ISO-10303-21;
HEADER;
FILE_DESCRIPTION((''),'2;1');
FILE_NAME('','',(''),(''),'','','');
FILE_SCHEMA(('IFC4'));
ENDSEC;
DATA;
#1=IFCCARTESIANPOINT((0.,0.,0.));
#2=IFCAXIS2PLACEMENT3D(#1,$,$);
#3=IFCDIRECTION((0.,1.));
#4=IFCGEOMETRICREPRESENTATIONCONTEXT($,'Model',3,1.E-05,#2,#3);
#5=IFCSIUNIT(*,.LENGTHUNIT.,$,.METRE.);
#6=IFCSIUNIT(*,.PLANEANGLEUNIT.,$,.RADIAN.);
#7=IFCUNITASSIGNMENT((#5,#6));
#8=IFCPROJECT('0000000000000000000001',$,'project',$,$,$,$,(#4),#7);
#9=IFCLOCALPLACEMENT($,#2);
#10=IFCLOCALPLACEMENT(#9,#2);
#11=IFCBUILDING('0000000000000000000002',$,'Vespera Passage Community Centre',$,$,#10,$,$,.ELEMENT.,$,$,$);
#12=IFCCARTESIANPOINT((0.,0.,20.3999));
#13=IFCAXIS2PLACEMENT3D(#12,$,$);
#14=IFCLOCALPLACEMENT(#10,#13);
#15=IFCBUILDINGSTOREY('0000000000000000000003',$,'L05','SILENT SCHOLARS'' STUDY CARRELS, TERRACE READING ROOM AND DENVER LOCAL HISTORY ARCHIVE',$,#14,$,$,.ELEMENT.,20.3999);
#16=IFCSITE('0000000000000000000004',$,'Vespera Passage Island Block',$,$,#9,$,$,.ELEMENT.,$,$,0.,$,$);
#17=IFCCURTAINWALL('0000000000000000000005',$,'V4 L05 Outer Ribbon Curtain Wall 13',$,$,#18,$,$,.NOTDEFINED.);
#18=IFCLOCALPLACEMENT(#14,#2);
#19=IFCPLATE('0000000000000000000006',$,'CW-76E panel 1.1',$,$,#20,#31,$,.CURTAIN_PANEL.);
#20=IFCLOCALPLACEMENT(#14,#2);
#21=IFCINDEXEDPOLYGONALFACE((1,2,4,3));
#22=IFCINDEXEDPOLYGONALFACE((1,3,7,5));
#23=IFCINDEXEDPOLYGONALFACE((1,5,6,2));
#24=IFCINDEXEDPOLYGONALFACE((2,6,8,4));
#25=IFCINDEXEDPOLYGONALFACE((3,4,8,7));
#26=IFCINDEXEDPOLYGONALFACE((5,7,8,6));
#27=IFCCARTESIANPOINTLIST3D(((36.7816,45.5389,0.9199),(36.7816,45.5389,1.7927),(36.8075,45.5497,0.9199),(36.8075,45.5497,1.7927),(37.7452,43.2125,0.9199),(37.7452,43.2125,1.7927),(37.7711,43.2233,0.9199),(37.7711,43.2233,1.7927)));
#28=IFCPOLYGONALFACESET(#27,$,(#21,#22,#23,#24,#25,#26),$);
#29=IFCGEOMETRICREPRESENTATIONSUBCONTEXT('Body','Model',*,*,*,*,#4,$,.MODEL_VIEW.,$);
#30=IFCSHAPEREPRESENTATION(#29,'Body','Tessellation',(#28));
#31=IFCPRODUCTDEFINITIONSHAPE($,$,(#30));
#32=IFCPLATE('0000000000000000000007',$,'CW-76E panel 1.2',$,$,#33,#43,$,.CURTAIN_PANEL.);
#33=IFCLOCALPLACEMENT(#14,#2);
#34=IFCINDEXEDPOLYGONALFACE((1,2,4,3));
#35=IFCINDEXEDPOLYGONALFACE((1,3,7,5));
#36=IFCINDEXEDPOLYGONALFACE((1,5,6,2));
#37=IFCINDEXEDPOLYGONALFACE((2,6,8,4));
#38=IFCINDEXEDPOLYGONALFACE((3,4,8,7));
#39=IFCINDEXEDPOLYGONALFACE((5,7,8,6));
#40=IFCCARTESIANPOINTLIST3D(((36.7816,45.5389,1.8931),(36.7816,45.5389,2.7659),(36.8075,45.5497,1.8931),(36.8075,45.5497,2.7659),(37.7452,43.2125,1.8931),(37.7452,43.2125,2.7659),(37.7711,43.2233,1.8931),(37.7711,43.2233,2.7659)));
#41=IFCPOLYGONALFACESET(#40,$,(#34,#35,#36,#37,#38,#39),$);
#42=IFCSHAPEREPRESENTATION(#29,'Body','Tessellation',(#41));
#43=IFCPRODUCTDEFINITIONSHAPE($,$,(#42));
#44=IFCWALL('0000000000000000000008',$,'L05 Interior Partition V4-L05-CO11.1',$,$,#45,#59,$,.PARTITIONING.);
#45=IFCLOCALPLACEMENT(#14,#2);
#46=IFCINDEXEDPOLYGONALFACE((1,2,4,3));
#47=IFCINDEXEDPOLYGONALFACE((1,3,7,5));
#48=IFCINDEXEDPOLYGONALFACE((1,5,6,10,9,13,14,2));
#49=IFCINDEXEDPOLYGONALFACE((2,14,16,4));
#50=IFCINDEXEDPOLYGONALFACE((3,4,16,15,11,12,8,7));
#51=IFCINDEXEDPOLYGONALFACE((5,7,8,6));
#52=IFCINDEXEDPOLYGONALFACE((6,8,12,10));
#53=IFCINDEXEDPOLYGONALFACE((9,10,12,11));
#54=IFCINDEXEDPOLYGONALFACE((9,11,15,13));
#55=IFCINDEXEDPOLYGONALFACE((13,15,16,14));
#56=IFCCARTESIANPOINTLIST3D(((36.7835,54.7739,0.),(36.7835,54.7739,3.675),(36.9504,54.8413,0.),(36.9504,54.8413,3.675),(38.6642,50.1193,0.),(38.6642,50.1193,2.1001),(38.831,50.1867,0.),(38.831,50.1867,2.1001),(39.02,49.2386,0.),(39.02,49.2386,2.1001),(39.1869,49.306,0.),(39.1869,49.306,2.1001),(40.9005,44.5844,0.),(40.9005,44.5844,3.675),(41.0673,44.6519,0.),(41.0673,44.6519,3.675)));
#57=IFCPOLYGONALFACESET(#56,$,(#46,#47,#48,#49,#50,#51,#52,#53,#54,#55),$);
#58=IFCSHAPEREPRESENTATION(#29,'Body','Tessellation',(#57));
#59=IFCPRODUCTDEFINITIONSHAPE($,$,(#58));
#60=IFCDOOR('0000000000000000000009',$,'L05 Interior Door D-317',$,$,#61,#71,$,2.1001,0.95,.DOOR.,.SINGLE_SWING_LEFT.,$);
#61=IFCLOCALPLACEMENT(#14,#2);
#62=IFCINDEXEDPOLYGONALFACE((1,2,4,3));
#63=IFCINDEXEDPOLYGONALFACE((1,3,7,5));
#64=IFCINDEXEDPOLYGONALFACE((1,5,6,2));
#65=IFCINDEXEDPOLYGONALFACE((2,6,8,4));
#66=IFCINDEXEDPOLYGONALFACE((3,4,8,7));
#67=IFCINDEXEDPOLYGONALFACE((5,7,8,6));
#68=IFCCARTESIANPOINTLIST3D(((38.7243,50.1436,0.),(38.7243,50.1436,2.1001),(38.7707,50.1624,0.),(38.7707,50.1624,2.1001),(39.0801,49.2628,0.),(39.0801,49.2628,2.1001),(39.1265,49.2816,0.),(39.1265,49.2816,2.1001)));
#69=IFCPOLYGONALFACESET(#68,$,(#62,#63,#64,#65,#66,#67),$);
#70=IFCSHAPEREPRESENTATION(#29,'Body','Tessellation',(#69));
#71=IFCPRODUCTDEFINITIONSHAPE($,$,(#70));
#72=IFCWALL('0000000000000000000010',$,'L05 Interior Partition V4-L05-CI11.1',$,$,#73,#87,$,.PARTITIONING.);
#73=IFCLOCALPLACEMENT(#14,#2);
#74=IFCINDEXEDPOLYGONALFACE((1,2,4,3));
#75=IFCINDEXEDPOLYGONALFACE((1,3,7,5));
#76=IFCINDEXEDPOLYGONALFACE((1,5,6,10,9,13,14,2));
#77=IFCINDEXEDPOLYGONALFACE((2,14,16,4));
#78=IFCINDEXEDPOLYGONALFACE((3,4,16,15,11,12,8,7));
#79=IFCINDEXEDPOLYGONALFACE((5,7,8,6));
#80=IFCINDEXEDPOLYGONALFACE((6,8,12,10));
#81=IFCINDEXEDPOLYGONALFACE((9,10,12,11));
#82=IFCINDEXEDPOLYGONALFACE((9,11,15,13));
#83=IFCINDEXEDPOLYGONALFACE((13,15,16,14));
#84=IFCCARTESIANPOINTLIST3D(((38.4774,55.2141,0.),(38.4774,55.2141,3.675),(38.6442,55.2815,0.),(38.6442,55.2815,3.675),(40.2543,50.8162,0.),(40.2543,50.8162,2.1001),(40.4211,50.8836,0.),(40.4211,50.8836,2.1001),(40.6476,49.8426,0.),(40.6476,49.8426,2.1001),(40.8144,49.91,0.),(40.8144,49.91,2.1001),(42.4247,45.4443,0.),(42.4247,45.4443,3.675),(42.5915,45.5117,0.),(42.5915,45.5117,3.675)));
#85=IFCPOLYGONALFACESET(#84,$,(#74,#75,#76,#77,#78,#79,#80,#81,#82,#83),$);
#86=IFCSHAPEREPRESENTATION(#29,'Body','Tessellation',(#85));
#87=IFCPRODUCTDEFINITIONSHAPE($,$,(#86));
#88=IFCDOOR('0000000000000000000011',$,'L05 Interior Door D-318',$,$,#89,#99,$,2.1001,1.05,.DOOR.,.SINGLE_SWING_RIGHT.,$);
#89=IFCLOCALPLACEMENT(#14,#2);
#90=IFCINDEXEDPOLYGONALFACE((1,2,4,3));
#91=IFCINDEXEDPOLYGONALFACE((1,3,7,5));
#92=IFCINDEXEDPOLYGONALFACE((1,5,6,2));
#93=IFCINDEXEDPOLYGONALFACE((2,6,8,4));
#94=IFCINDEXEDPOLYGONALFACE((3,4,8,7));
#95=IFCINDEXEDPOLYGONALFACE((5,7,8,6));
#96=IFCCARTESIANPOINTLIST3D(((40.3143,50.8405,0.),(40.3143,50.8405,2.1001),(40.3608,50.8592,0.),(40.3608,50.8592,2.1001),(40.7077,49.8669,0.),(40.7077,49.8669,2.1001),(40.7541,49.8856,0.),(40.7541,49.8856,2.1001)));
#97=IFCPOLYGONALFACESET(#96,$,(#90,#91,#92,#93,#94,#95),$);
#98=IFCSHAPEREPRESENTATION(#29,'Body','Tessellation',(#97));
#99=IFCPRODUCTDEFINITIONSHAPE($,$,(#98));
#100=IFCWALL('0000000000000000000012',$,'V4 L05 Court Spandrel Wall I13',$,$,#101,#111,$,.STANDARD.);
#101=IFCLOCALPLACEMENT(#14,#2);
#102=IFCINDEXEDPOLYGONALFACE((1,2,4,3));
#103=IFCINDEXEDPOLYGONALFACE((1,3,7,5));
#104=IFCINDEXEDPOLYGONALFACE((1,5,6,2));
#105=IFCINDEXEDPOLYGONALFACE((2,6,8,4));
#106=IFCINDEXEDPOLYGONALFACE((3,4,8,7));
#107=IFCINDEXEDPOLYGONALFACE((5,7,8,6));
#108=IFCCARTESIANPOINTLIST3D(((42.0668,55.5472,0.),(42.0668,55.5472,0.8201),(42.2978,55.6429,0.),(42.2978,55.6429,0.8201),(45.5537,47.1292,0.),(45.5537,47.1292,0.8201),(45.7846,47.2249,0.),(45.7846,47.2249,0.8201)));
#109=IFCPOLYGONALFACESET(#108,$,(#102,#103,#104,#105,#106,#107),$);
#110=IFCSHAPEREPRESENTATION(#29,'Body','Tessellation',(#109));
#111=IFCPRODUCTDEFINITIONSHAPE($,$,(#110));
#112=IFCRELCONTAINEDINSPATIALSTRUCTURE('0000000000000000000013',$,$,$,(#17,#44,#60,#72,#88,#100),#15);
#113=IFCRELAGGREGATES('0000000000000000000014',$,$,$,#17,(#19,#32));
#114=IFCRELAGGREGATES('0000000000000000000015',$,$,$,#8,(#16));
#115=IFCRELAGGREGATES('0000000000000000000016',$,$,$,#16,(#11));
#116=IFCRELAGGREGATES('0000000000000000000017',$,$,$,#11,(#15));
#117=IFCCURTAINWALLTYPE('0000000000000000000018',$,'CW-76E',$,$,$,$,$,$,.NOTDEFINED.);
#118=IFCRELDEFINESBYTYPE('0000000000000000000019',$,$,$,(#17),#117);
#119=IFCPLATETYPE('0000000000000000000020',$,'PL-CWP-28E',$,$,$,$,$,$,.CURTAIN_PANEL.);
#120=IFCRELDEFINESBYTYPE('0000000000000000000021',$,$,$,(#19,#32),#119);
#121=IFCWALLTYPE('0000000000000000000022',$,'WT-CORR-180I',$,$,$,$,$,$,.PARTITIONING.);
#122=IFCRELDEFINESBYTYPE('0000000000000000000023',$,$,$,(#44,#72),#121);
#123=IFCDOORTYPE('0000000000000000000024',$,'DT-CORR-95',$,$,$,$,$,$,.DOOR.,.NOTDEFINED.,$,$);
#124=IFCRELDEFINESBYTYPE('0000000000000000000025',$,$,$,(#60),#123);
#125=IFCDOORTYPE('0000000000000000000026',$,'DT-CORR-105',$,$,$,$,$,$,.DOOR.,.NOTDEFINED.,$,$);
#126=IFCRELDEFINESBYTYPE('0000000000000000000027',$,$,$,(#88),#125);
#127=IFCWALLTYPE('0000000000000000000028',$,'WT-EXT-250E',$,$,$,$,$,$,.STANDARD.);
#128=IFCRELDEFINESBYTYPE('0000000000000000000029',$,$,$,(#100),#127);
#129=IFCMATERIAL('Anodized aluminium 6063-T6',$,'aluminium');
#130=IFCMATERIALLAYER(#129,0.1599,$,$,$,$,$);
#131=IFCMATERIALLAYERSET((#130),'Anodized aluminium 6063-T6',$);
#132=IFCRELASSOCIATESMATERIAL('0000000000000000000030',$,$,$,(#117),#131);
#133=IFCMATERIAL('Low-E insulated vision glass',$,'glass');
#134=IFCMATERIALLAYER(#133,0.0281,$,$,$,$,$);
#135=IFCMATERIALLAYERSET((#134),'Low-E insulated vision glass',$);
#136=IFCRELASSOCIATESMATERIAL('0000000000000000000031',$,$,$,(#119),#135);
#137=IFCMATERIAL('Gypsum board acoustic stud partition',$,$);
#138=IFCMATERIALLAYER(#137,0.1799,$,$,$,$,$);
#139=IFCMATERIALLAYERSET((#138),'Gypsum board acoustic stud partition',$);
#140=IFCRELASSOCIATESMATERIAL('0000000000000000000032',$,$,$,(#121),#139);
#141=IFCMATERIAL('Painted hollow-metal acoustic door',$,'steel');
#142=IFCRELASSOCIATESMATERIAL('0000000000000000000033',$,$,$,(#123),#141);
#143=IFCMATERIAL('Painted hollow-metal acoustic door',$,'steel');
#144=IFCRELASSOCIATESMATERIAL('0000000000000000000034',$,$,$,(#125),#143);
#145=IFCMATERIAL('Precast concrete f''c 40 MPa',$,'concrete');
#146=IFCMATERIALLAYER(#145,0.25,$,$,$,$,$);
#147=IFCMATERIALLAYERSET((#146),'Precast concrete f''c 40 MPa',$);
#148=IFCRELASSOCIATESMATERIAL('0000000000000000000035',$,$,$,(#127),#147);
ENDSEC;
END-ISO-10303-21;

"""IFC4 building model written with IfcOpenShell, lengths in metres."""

from ifc_helpers import new_model, si_unit, direction, frame, frame_2d, origin, origin_2d, place, context, subcontext, project, spatial, rectangle, extrude, material, layer, layer_set, type_object, element, fill, aggregate, save


model = new_model("IFC4")

# Units and contexts
model_context = context("Model", 3, precision=1e-05, world=origin(), true_north=direction((0.0, 1.0)))
body_context = subcontext(model_context, "Body", "Model", "MODEL_VIEW")
ifc_project = project(units=[si_unit("LENGTHUNIT", "METRE"), si_unit("PLANEANGLEUNIT", "RADIAN")], contexts=[model_context])

# Site, building, storey
site_placement = place(None, origin())
site = spatial("IfcSite", under=ifc_project, at=site_placement, Name="Vespera Passage Island Block", CompositionType="ELEMENT", RefElevation=0.0)
building_placement = place(site_placement, origin())
building = spatial("IfcBuilding", under=site, at=building_placement, Name="Vespera Passage Community Centre", CompositionType="ELEMENT")
storey_placement = place(building_placement, frame((0.0, 0.0, 20.3999)))
storey = spatial("IfcBuildingStorey", under=building, at=storey_placement, Name="L05", Description="SILENT SCHOLARS' STUDY CARRELS, TERRACE READING ROOM AND DENVER LOCAL HISTORY ARCHIVE", CompositionType="ELEMENT", Elevation=20.3999)

# Curtain wall
ifc_material_1 = material(Name="Anodized aluminium 6063-T6", Category="aluminium")
ifc_layer_1 = layer(ifc_material_1, 0.1599)
ifc_layer_set_1 = layer_set([ifc_layer_1], Name="Anodized aluminium 6063-T6")
curtain_wall_type_1 = type_object("IfcCurtainWallType", Name="CW-76E", PredefinedType="NOTDEFINED", material=ifc_layer_set_1)
curtain_wall_1_placement = place(storey_placement, origin())
curtain_wall_1 = element("IfcCurtainWall", 1, at=curtain_wall_1_placement, inside=storey, type_object=curtain_wall_type_1, Name="V4 L05 Outer Ribbon Curtain Wall 13", PredefinedType="NOTDEFINED")

# Plates
ifc_material_2 = material(Name="Low-E insulated vision glass", Category="glass")
ifc_layer_2 = layer(ifc_material_2, 0.0281)
ifc_layer_set_2 = layer_set([ifc_layer_2], Name="Low-E insulated vision glass")
plate_type_1 = type_object("IfcPlateType", Name="PL-CWP-28E", PredefinedType="CURTAIN_PANEL", material=ifc_layer_set_2)
plate_1_placement = place(storey_placement, frame((37.2764, 44.3811, 0.9199), z_axis=(0.0, 0.0, 1.0), x_axis=(-0.382679, 0.923881, 0.0)))
plate_1 = element("IfcPlate", 2, at=plate_1_placement, type_object=plate_type_1, Name="CW-76E panel 1.1", PredefinedType="CURTAIN_PANEL", context=body_context, shape_type="SweptSolid", body=[
    extrude(rectangle(XDim=2.5181, YDim=0.0281, at=origin_2d()), origin(), (0.0, 0.0, 1.0), 0.8728),
])
plate_2_placement = place(storey_placement, frame((37.2764, 44.3811, 1.8931), z_axis=(0.0, 0.0, 1.0), x_axis=(-0.382679, 0.923881, 0.0)))
plate_2 = element("IfcPlate", 3, at=plate_2_placement, type_object=plate_type_1, Name="CW-76E panel 1.2", PredefinedType="CURTAIN_PANEL", context=body_context, shape_type="SweptSolid", body=[
    extrude(rectangle(XDim=2.5181, YDim=0.0281, at=origin_2d()), origin(), (0.0, 0.0, 1.0), 0.8728),
])
aggregate(curtain_wall_1, [plate_1, plate_2])

# Walls, openings, doors
ifc_material_3 = material(Name="Gypsum board acoustic stud partition")
ifc_layer_3 = layer(ifc_material_3, 0.1799)
ifc_layer_set_3 = layer_set([ifc_layer_3], Name="Gypsum board acoustic stud partition")
wall_type_1 = type_object("IfcWallType", Name="WT-CORR-180I", PredefinedType="PARTITIONING", material=ifc_layer_set_3)
wall_1_placement = place(storey_placement, frame((36.8669, 54.8076, 0.0), z_axis=(0.0, 0.0, 1.0), x_axis=(0.374617, -0.92718, 0.0)))
wall_1 = element("IfcWall", 4, at=wall_1_placement, inside=storey, type_object=wall_type_1, Name="L05 Interior Partition V4-L05-CO11.1", PredefinedType="PARTITIONING", context=body_context, shape_type="SweptSolid", body=[
    extrude(rectangle(XDim=10.9897, YDim=0.1799, at=frame_2d((5.4949, 0.0))), origin(), (0.0, 0.0, 1.0), 3.675),
])
opening_1_placement = place(wall_1_placement, frame((5.02, 0.0, 0.0)))
opening_1 = element("IfcOpeningElement", 5, at=opening_1_placement, cuts=wall_1, PredefinedType="OPENING", context=body_context, shape_type="SweptSolid", body=[
    extrude(rectangle(XDim=0.95, YDim=2.1001, at=frame_2d((0.4751, 1.05))), frame((0.0, 0.0999, 0.0), z_axis=(0.0, -1.0, 0.0), x_axis=(1.0, 0.0, 0.0)), (0.0, 0.0, 1.0), 0.2),
])
ifc_material_4 = material(Name="Painted hollow-metal acoustic door", Category="steel")
door_type_1 = type_object("IfcDoorType", Name="DT-CORR-95", OperationType="NOTDEFINED", PredefinedType="DOOR", material=ifc_material_4)
door_1_placement = place(opening_1_placement, origin())
door_1 = element("IfcDoor", 6, at=door_1_placement, inside=storey, type_object=door_type_1, Name="L05 Interior Door D-317", OperationType="SINGLE_SWING_LEFT", OverallHeight=2.1001, OverallWidth=0.95, PredefinedType="DOOR", context=body_context, shape_type="SweptSolid", body=[
    extrude(rectangle(XDim=0.95, YDim=2.1001, at=frame_2d((0.4751, 1.05))), frame((0.0, 0.0249, 0.0), z_axis=(0.0, -1.0, 0.0), x_axis=(1.0, 0.0, 0.0)), (0.0, 0.0, 1.0), 0.05),
])
fill(opening_1, door_1)
wall_2_placement = place(storey_placement, frame((38.5608, 55.2478, 0.0), z_axis=(0.0, 0.0, 1.0), x_axis=(0.374608, -0.927183, 0.0)))
wall_2 = element("IfcWall", 7, at=wall_2_placement, inside=storey, type_object=wall_type_1, Name="L05 Interior Partition V4-L05-CI11.1", PredefinedType="PARTITIONING", context=body_context, shape_type="SweptSolid", body=[
    extrude(rectangle(XDim=10.5371, YDim=0.1799, at=frame_2d((5.2686, 0.0))), origin(), (0.0, 0.0, 1.0), 3.675),
])
opening_2_placement = place(wall_2_placement, frame((4.7434, 0.0, 0.0)))
opening_2 = element("IfcOpeningElement", 8, at=opening_2_placement, cuts=wall_2, PredefinedType="OPENING", context=body_context, shape_type="SweptSolid", body=[
    extrude(rectangle(XDim=1.05, YDim=2.1001, at=frame_2d((0.5249, 1.05))), frame((0.0, 0.0999, 0.0), z_axis=(0.0, -1.0, 0.0), x_axis=(1.0, 0.0, 0.0)), (0.0, 0.0, 1.0), 0.2),
])
ifc_material_5 = material(Name="Painted hollow-metal acoustic door", Category="steel")
door_type_2 = type_object("IfcDoorType", Name="DT-CORR-105", OperationType="NOTDEFINED", PredefinedType="DOOR", material=ifc_material_5)
door_2_placement = place(opening_2_placement, origin())
door_2 = element("IfcDoor", 9, at=door_2_placement, inside=storey, type_object=door_type_2, Name="L05 Interior Door D-318", OperationType="SINGLE_SWING_RIGHT", OverallHeight=2.1001, OverallWidth=1.05, PredefinedType="DOOR", context=body_context, shape_type="SweptSolid", body=[
    extrude(rectangle(XDim=1.05, YDim=2.1001, at=frame_2d((0.5249, 1.05))), frame((0.0, 0.0249, 0.0), z_axis=(0.0, -1.0, 0.0), x_axis=(1.0, 0.0, 0.0)), (0.0, 0.0, 1.0), 0.05),
])
fill(opening_2, door_2)

# Wall
ifc_material_6 = material(Name="Precast concrete f'c 40 MPa", Category="concrete")
ifc_layer_4 = layer(ifc_material_6, 0.25)
ifc_layer_set_4 = layer_set([ifc_layer_4], Name="Precast concrete f'c 40 MPa")
wall_type_2 = type_object("IfcWallType", Name="WT-EXT-250E", PredefinedType="STANDARD", material=ifc_layer_set_4)
wall_3_placement = place(storey_placement, frame((42.1824, 55.595, 0.0), z_axis=(0.0, 0.0, 1.0), x_axis=(0.382682, -0.92388, 0.0)))
element("IfcWall", 10, at=wall_3_placement, inside=storey, type_object=wall_type_2, Name="V4 L05 Court Spandrel Wall I13", PredefinedType="STANDARD", context=body_context, shape_type="SweptSolid", body=[
    extrude(rectangle(XDim=9.1116, YDim=0.25, at=frame_2d((4.5557, 0.0))), origin(), (0.0, 0.0, 1.0), 0.8201),
])

save(model, "model.ifc")
